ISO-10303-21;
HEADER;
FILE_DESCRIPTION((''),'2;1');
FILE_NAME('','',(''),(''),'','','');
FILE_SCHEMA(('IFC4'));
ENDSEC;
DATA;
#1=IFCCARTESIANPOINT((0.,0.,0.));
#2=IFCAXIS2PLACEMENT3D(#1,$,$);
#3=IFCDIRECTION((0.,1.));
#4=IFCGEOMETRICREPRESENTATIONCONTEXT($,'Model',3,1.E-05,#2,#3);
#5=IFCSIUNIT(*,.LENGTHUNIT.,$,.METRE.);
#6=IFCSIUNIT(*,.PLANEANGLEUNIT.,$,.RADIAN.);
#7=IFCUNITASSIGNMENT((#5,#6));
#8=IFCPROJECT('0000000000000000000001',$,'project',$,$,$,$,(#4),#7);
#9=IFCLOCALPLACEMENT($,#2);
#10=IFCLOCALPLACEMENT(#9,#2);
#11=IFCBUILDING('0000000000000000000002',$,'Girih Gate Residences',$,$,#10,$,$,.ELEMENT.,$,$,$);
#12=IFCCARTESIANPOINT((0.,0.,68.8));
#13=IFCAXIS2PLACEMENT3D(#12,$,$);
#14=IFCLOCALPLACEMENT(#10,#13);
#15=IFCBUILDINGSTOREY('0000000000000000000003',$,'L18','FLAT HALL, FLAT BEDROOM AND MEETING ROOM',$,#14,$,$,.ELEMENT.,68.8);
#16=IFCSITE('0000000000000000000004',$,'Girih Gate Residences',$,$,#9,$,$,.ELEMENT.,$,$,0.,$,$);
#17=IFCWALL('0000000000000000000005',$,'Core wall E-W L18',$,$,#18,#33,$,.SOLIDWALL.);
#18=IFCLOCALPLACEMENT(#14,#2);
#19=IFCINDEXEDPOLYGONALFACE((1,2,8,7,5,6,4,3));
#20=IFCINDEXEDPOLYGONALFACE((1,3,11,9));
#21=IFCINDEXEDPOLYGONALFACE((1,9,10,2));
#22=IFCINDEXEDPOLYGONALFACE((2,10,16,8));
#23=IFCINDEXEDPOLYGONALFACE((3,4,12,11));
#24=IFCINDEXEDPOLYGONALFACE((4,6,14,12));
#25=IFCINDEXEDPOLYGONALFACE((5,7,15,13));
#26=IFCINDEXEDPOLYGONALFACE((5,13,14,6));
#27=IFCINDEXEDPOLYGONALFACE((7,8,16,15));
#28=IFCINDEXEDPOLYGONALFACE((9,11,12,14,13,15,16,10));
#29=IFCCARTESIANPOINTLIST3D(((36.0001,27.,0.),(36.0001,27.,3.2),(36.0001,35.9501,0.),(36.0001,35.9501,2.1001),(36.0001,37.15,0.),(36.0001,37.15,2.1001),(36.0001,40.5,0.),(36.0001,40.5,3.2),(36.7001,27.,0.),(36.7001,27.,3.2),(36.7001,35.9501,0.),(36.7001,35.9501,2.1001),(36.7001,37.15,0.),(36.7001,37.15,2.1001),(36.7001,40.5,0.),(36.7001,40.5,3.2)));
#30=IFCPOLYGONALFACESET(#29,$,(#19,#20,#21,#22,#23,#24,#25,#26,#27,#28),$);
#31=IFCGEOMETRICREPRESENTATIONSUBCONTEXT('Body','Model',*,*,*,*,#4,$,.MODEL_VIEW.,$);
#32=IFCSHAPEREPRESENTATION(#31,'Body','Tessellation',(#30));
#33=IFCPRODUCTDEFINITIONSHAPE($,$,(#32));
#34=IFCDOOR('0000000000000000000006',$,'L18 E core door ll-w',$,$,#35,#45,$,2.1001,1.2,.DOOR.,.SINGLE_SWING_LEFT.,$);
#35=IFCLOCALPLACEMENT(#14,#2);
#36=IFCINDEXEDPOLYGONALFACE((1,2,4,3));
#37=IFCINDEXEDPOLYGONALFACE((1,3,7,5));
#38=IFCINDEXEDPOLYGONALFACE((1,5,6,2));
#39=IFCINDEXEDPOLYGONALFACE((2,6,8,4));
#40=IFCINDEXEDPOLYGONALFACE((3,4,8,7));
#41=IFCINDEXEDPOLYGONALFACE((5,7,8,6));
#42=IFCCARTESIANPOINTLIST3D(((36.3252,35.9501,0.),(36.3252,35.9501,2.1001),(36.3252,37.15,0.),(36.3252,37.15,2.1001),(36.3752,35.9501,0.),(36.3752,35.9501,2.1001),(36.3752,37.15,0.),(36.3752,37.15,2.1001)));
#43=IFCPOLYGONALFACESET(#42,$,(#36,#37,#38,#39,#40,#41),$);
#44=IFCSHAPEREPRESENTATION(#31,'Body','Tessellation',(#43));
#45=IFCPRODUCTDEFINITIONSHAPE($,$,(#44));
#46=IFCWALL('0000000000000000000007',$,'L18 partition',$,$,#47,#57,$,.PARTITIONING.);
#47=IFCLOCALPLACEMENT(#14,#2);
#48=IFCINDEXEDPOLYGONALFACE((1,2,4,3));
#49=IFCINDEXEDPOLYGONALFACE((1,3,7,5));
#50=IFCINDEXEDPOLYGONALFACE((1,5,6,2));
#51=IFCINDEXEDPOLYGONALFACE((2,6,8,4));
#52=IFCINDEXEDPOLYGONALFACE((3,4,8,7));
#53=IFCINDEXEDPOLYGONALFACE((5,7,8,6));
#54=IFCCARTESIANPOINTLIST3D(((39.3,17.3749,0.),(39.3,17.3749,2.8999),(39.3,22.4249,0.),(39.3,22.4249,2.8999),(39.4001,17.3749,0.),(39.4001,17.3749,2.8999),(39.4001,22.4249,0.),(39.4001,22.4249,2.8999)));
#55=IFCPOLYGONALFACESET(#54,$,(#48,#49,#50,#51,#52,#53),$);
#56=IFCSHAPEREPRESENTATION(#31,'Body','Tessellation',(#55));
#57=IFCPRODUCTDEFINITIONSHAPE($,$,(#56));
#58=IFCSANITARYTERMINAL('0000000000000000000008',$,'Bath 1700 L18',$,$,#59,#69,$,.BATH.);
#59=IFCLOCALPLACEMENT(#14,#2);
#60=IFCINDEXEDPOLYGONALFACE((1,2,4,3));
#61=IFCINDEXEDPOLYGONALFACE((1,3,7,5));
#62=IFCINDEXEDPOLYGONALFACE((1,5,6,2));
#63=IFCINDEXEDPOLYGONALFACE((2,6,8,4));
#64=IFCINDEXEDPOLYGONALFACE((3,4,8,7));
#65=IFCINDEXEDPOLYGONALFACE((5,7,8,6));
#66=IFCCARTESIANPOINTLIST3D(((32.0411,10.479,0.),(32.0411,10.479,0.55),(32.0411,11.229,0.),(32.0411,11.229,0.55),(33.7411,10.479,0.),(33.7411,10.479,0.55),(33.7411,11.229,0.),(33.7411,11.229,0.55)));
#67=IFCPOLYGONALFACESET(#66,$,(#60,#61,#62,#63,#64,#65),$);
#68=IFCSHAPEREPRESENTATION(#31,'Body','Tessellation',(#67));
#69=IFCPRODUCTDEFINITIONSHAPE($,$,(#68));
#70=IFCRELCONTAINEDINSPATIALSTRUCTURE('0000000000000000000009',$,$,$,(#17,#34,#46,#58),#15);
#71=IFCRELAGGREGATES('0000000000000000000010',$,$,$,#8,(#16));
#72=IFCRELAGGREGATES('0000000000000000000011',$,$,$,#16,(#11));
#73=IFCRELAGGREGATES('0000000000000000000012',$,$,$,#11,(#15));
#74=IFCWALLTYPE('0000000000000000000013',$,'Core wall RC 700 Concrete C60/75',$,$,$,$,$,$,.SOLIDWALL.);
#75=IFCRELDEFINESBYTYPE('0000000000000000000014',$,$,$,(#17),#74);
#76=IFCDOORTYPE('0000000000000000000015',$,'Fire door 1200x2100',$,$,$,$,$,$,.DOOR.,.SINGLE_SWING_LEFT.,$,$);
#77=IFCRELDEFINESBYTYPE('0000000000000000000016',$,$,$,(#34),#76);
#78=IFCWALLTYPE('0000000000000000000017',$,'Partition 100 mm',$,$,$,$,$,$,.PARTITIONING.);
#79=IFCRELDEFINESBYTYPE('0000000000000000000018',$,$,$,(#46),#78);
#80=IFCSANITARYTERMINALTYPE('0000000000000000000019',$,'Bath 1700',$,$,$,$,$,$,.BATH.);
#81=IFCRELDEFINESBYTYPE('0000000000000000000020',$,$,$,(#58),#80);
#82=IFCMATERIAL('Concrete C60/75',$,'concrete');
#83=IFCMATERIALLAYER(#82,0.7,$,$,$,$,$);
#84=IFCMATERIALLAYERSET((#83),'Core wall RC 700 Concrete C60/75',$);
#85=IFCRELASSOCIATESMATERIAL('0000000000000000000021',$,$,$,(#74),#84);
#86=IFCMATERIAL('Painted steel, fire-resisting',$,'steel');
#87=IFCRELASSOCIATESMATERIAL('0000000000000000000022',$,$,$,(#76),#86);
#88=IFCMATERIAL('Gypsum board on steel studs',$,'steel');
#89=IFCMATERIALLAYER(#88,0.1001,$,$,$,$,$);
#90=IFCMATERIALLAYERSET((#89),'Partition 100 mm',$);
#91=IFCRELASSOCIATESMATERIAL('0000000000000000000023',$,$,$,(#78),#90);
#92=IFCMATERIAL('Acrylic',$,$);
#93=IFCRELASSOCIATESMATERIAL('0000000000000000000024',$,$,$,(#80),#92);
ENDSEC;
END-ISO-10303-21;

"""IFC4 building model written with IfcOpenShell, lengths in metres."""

from ifc_helpers import new_model, si_unit, direction, frame, frame_2d, origin, origin_2d, place, context, subcontext, project, spatial, rectangle, extrude, material, layer, layer_set, type_object, element, fill, save


model = new_model("IFC4")

# Units and contexts
model_context = context("Model", 3, precision=1e-05, world=origin(), true_north=direction((0.0, 1.0)))
body_context = subcontext(model_context, "Body", "Model", "MODEL_VIEW")
ifc_project = project(units=[si_unit("LENGTHUNIT", "METRE"), si_unit("PLANEANGLEUNIT", "RADIAN")], contexts=[model_context])

# Site, building, storey
site_placement = place(None, origin())
site = spatial("IfcSite", under=ifc_project, at=site_placement, Name="Girih Gate Residences", CompositionType="ELEMENT", RefElevation=0.0)
building_placement = place(site_placement, origin())
building = spatial("IfcBuilding", under=site, at=building_placement, Name="Girih Gate Residences", CompositionType="ELEMENT")
storey_placement = place(building_placement, frame((0.0, 0.0, 68.8)))
storey = spatial("IfcBuildingStorey", under=building, at=storey_placement, Name="L18", Description="FLAT HALL, FLAT BEDROOM AND MEETING ROOM", CompositionType="ELEMENT", Elevation=68.8)

# Shared definitions
ifc_material_1 = material(Name="Concrete C60/75", Category="concrete")

# Shared definitions
ifc_material_2 = material(Name="Gypsum board on steel studs", Category="steel")

# Wall, opening, door
ifc_layer_1 = layer(ifc_material_1, 0.7)
ifc_layer_set_1 = layer_set([ifc_layer_1], Name="Core wall RC 700 Concrete C60/75")
wall_type_1 = type_object("IfcWallType", Name="Core wall RC 700 Concrete C60/75", PredefinedType="SOLIDWALL", material=ifc_layer_set_1)
wall_1_placement = place(storey_placement, frame((36.3501, 27.0, 0.0), z_axis=(0.0, 0.0, 1.0), x_axis=(0.0, 1.0, 0.0)))
wall_1 = element("IfcWall", 1, at=wall_1_placement, inside=storey, type_object=wall_type_1, Name="Core wall E-W L18", PredefinedType="SOLIDWALL", context=body_context, shape_type="SweptSolid", body=[
    extrude(rectangle(XDim=13.5, YDim=0.7, at=frame_2d((6.75, 0.0))), origin(), (0.0, 0.0, 1.0), 3.2),
])
opening_1_placement = place(wall_1_placement, frame((8.95, 0.0, 0.0)))
opening_1 = element("IfcOpeningElement", 2, at=opening_1_placement, cuts=wall_1, PredefinedType="OPENING", context=body_context, shape_type="SweptSolid", body=[
    extrude(rectangle(XDim=1.2, YDim=2.1001, at=frame_2d((0.6001, 1.05))), frame((0.0, 0.3599, 0.0), z_axis=(0.0, -1.0, 0.0), x_axis=(1.0, 0.0, 0.0)), (0.0, 0.0, 1.0), 0.72),
])
ifc_material_3 = material(Name="Painted steel, fire-resisting", Category="steel")
door_type_1 = type_object("IfcDoorType", Name="Fire door 1200x2100", OperationType="SINGLE_SWING_LEFT", PredefinedType="DOOR", material=ifc_material_3)
door_1_placement = place(opening_1_placement, origin())
door_1 = element("IfcDoor", 3, at=door_1_placement, inside=storey, type_object=door_type_1, Name="L18 E core door ll-w", OperationType="SINGLE_SWING_LEFT", OverallHeight=2.1001, OverallWidth=1.2, PredefinedType="DOOR", context=body_context, shape_type="SweptSolid", body=[
    extrude(rectangle(XDim=1.2, YDim=2.1001, at=frame_2d((0.6001, 1.05))), frame((0.0, 0.0249, 0.0), z_axis=(0.0, -1.0, 0.0), x_axis=(1.0, 0.0, 0.0)), (0.0, 0.0, 1.0), 0.05),
])
fill(opening_1, door_1)

# Wall
ifc_layer_2 = layer(ifc_material_2, 0.1001)
ifc_layer_set_2 = layer_set([ifc_layer_2], Name="Partition 100 mm")
wall_type_2 = type_object("IfcWallType", Name="Partition 100 mm", PredefinedType="PARTITIONING", material=ifc_layer_set_2)
wall_2_placement = place(storey_placement, frame((39.3501, 17.375, 0.0), z_axis=(0.0, 0.0, 1.0), x_axis=(0.0, 1.0, 0.0)))
element("IfcWall", 4, at=wall_2_placement, inside=storey, type_object=wall_type_2, Name="L18 partition", PredefinedType="PARTITIONING", context=body_context, shape_type="SweptSolid", body=[
    extrude(rectangle(XDim=5.05, YDim=0.1001, at=frame_2d((2.5249, 0.0))), origin(), (0.0, 0.0, 1.0), 2.8999),
])

# Sanitary terminal
ifc_material_4 = material(Name="Acrylic")
sanitary_terminal_type = type_object("IfcSanitaryTerminalType", Name="Bath 1700", PredefinedType="BATH", material=ifc_material_4)
sanitary_terminal_placement = place(storey_placement, frame((32.8911, 10.854, 0.0), z_axis=(0.0, 0.0, 1.0), x_axis=(1.0, 0.0, 0.0)))
element("IfcSanitaryTerminal", 5, at=sanitary_terminal_placement, inside=storey, type_object=sanitary_terminal_type, Name="Bath 1700 L18", PredefinedType="BATH", context=body_context, shape_type="SweptSolid", body=[
    extrude(rectangle(XDim=1.7, YDim=0.75, at=origin_2d()), origin(), (0.0, 0.0, 1.0), 0.55),
])

save(model, "model.ifc")
